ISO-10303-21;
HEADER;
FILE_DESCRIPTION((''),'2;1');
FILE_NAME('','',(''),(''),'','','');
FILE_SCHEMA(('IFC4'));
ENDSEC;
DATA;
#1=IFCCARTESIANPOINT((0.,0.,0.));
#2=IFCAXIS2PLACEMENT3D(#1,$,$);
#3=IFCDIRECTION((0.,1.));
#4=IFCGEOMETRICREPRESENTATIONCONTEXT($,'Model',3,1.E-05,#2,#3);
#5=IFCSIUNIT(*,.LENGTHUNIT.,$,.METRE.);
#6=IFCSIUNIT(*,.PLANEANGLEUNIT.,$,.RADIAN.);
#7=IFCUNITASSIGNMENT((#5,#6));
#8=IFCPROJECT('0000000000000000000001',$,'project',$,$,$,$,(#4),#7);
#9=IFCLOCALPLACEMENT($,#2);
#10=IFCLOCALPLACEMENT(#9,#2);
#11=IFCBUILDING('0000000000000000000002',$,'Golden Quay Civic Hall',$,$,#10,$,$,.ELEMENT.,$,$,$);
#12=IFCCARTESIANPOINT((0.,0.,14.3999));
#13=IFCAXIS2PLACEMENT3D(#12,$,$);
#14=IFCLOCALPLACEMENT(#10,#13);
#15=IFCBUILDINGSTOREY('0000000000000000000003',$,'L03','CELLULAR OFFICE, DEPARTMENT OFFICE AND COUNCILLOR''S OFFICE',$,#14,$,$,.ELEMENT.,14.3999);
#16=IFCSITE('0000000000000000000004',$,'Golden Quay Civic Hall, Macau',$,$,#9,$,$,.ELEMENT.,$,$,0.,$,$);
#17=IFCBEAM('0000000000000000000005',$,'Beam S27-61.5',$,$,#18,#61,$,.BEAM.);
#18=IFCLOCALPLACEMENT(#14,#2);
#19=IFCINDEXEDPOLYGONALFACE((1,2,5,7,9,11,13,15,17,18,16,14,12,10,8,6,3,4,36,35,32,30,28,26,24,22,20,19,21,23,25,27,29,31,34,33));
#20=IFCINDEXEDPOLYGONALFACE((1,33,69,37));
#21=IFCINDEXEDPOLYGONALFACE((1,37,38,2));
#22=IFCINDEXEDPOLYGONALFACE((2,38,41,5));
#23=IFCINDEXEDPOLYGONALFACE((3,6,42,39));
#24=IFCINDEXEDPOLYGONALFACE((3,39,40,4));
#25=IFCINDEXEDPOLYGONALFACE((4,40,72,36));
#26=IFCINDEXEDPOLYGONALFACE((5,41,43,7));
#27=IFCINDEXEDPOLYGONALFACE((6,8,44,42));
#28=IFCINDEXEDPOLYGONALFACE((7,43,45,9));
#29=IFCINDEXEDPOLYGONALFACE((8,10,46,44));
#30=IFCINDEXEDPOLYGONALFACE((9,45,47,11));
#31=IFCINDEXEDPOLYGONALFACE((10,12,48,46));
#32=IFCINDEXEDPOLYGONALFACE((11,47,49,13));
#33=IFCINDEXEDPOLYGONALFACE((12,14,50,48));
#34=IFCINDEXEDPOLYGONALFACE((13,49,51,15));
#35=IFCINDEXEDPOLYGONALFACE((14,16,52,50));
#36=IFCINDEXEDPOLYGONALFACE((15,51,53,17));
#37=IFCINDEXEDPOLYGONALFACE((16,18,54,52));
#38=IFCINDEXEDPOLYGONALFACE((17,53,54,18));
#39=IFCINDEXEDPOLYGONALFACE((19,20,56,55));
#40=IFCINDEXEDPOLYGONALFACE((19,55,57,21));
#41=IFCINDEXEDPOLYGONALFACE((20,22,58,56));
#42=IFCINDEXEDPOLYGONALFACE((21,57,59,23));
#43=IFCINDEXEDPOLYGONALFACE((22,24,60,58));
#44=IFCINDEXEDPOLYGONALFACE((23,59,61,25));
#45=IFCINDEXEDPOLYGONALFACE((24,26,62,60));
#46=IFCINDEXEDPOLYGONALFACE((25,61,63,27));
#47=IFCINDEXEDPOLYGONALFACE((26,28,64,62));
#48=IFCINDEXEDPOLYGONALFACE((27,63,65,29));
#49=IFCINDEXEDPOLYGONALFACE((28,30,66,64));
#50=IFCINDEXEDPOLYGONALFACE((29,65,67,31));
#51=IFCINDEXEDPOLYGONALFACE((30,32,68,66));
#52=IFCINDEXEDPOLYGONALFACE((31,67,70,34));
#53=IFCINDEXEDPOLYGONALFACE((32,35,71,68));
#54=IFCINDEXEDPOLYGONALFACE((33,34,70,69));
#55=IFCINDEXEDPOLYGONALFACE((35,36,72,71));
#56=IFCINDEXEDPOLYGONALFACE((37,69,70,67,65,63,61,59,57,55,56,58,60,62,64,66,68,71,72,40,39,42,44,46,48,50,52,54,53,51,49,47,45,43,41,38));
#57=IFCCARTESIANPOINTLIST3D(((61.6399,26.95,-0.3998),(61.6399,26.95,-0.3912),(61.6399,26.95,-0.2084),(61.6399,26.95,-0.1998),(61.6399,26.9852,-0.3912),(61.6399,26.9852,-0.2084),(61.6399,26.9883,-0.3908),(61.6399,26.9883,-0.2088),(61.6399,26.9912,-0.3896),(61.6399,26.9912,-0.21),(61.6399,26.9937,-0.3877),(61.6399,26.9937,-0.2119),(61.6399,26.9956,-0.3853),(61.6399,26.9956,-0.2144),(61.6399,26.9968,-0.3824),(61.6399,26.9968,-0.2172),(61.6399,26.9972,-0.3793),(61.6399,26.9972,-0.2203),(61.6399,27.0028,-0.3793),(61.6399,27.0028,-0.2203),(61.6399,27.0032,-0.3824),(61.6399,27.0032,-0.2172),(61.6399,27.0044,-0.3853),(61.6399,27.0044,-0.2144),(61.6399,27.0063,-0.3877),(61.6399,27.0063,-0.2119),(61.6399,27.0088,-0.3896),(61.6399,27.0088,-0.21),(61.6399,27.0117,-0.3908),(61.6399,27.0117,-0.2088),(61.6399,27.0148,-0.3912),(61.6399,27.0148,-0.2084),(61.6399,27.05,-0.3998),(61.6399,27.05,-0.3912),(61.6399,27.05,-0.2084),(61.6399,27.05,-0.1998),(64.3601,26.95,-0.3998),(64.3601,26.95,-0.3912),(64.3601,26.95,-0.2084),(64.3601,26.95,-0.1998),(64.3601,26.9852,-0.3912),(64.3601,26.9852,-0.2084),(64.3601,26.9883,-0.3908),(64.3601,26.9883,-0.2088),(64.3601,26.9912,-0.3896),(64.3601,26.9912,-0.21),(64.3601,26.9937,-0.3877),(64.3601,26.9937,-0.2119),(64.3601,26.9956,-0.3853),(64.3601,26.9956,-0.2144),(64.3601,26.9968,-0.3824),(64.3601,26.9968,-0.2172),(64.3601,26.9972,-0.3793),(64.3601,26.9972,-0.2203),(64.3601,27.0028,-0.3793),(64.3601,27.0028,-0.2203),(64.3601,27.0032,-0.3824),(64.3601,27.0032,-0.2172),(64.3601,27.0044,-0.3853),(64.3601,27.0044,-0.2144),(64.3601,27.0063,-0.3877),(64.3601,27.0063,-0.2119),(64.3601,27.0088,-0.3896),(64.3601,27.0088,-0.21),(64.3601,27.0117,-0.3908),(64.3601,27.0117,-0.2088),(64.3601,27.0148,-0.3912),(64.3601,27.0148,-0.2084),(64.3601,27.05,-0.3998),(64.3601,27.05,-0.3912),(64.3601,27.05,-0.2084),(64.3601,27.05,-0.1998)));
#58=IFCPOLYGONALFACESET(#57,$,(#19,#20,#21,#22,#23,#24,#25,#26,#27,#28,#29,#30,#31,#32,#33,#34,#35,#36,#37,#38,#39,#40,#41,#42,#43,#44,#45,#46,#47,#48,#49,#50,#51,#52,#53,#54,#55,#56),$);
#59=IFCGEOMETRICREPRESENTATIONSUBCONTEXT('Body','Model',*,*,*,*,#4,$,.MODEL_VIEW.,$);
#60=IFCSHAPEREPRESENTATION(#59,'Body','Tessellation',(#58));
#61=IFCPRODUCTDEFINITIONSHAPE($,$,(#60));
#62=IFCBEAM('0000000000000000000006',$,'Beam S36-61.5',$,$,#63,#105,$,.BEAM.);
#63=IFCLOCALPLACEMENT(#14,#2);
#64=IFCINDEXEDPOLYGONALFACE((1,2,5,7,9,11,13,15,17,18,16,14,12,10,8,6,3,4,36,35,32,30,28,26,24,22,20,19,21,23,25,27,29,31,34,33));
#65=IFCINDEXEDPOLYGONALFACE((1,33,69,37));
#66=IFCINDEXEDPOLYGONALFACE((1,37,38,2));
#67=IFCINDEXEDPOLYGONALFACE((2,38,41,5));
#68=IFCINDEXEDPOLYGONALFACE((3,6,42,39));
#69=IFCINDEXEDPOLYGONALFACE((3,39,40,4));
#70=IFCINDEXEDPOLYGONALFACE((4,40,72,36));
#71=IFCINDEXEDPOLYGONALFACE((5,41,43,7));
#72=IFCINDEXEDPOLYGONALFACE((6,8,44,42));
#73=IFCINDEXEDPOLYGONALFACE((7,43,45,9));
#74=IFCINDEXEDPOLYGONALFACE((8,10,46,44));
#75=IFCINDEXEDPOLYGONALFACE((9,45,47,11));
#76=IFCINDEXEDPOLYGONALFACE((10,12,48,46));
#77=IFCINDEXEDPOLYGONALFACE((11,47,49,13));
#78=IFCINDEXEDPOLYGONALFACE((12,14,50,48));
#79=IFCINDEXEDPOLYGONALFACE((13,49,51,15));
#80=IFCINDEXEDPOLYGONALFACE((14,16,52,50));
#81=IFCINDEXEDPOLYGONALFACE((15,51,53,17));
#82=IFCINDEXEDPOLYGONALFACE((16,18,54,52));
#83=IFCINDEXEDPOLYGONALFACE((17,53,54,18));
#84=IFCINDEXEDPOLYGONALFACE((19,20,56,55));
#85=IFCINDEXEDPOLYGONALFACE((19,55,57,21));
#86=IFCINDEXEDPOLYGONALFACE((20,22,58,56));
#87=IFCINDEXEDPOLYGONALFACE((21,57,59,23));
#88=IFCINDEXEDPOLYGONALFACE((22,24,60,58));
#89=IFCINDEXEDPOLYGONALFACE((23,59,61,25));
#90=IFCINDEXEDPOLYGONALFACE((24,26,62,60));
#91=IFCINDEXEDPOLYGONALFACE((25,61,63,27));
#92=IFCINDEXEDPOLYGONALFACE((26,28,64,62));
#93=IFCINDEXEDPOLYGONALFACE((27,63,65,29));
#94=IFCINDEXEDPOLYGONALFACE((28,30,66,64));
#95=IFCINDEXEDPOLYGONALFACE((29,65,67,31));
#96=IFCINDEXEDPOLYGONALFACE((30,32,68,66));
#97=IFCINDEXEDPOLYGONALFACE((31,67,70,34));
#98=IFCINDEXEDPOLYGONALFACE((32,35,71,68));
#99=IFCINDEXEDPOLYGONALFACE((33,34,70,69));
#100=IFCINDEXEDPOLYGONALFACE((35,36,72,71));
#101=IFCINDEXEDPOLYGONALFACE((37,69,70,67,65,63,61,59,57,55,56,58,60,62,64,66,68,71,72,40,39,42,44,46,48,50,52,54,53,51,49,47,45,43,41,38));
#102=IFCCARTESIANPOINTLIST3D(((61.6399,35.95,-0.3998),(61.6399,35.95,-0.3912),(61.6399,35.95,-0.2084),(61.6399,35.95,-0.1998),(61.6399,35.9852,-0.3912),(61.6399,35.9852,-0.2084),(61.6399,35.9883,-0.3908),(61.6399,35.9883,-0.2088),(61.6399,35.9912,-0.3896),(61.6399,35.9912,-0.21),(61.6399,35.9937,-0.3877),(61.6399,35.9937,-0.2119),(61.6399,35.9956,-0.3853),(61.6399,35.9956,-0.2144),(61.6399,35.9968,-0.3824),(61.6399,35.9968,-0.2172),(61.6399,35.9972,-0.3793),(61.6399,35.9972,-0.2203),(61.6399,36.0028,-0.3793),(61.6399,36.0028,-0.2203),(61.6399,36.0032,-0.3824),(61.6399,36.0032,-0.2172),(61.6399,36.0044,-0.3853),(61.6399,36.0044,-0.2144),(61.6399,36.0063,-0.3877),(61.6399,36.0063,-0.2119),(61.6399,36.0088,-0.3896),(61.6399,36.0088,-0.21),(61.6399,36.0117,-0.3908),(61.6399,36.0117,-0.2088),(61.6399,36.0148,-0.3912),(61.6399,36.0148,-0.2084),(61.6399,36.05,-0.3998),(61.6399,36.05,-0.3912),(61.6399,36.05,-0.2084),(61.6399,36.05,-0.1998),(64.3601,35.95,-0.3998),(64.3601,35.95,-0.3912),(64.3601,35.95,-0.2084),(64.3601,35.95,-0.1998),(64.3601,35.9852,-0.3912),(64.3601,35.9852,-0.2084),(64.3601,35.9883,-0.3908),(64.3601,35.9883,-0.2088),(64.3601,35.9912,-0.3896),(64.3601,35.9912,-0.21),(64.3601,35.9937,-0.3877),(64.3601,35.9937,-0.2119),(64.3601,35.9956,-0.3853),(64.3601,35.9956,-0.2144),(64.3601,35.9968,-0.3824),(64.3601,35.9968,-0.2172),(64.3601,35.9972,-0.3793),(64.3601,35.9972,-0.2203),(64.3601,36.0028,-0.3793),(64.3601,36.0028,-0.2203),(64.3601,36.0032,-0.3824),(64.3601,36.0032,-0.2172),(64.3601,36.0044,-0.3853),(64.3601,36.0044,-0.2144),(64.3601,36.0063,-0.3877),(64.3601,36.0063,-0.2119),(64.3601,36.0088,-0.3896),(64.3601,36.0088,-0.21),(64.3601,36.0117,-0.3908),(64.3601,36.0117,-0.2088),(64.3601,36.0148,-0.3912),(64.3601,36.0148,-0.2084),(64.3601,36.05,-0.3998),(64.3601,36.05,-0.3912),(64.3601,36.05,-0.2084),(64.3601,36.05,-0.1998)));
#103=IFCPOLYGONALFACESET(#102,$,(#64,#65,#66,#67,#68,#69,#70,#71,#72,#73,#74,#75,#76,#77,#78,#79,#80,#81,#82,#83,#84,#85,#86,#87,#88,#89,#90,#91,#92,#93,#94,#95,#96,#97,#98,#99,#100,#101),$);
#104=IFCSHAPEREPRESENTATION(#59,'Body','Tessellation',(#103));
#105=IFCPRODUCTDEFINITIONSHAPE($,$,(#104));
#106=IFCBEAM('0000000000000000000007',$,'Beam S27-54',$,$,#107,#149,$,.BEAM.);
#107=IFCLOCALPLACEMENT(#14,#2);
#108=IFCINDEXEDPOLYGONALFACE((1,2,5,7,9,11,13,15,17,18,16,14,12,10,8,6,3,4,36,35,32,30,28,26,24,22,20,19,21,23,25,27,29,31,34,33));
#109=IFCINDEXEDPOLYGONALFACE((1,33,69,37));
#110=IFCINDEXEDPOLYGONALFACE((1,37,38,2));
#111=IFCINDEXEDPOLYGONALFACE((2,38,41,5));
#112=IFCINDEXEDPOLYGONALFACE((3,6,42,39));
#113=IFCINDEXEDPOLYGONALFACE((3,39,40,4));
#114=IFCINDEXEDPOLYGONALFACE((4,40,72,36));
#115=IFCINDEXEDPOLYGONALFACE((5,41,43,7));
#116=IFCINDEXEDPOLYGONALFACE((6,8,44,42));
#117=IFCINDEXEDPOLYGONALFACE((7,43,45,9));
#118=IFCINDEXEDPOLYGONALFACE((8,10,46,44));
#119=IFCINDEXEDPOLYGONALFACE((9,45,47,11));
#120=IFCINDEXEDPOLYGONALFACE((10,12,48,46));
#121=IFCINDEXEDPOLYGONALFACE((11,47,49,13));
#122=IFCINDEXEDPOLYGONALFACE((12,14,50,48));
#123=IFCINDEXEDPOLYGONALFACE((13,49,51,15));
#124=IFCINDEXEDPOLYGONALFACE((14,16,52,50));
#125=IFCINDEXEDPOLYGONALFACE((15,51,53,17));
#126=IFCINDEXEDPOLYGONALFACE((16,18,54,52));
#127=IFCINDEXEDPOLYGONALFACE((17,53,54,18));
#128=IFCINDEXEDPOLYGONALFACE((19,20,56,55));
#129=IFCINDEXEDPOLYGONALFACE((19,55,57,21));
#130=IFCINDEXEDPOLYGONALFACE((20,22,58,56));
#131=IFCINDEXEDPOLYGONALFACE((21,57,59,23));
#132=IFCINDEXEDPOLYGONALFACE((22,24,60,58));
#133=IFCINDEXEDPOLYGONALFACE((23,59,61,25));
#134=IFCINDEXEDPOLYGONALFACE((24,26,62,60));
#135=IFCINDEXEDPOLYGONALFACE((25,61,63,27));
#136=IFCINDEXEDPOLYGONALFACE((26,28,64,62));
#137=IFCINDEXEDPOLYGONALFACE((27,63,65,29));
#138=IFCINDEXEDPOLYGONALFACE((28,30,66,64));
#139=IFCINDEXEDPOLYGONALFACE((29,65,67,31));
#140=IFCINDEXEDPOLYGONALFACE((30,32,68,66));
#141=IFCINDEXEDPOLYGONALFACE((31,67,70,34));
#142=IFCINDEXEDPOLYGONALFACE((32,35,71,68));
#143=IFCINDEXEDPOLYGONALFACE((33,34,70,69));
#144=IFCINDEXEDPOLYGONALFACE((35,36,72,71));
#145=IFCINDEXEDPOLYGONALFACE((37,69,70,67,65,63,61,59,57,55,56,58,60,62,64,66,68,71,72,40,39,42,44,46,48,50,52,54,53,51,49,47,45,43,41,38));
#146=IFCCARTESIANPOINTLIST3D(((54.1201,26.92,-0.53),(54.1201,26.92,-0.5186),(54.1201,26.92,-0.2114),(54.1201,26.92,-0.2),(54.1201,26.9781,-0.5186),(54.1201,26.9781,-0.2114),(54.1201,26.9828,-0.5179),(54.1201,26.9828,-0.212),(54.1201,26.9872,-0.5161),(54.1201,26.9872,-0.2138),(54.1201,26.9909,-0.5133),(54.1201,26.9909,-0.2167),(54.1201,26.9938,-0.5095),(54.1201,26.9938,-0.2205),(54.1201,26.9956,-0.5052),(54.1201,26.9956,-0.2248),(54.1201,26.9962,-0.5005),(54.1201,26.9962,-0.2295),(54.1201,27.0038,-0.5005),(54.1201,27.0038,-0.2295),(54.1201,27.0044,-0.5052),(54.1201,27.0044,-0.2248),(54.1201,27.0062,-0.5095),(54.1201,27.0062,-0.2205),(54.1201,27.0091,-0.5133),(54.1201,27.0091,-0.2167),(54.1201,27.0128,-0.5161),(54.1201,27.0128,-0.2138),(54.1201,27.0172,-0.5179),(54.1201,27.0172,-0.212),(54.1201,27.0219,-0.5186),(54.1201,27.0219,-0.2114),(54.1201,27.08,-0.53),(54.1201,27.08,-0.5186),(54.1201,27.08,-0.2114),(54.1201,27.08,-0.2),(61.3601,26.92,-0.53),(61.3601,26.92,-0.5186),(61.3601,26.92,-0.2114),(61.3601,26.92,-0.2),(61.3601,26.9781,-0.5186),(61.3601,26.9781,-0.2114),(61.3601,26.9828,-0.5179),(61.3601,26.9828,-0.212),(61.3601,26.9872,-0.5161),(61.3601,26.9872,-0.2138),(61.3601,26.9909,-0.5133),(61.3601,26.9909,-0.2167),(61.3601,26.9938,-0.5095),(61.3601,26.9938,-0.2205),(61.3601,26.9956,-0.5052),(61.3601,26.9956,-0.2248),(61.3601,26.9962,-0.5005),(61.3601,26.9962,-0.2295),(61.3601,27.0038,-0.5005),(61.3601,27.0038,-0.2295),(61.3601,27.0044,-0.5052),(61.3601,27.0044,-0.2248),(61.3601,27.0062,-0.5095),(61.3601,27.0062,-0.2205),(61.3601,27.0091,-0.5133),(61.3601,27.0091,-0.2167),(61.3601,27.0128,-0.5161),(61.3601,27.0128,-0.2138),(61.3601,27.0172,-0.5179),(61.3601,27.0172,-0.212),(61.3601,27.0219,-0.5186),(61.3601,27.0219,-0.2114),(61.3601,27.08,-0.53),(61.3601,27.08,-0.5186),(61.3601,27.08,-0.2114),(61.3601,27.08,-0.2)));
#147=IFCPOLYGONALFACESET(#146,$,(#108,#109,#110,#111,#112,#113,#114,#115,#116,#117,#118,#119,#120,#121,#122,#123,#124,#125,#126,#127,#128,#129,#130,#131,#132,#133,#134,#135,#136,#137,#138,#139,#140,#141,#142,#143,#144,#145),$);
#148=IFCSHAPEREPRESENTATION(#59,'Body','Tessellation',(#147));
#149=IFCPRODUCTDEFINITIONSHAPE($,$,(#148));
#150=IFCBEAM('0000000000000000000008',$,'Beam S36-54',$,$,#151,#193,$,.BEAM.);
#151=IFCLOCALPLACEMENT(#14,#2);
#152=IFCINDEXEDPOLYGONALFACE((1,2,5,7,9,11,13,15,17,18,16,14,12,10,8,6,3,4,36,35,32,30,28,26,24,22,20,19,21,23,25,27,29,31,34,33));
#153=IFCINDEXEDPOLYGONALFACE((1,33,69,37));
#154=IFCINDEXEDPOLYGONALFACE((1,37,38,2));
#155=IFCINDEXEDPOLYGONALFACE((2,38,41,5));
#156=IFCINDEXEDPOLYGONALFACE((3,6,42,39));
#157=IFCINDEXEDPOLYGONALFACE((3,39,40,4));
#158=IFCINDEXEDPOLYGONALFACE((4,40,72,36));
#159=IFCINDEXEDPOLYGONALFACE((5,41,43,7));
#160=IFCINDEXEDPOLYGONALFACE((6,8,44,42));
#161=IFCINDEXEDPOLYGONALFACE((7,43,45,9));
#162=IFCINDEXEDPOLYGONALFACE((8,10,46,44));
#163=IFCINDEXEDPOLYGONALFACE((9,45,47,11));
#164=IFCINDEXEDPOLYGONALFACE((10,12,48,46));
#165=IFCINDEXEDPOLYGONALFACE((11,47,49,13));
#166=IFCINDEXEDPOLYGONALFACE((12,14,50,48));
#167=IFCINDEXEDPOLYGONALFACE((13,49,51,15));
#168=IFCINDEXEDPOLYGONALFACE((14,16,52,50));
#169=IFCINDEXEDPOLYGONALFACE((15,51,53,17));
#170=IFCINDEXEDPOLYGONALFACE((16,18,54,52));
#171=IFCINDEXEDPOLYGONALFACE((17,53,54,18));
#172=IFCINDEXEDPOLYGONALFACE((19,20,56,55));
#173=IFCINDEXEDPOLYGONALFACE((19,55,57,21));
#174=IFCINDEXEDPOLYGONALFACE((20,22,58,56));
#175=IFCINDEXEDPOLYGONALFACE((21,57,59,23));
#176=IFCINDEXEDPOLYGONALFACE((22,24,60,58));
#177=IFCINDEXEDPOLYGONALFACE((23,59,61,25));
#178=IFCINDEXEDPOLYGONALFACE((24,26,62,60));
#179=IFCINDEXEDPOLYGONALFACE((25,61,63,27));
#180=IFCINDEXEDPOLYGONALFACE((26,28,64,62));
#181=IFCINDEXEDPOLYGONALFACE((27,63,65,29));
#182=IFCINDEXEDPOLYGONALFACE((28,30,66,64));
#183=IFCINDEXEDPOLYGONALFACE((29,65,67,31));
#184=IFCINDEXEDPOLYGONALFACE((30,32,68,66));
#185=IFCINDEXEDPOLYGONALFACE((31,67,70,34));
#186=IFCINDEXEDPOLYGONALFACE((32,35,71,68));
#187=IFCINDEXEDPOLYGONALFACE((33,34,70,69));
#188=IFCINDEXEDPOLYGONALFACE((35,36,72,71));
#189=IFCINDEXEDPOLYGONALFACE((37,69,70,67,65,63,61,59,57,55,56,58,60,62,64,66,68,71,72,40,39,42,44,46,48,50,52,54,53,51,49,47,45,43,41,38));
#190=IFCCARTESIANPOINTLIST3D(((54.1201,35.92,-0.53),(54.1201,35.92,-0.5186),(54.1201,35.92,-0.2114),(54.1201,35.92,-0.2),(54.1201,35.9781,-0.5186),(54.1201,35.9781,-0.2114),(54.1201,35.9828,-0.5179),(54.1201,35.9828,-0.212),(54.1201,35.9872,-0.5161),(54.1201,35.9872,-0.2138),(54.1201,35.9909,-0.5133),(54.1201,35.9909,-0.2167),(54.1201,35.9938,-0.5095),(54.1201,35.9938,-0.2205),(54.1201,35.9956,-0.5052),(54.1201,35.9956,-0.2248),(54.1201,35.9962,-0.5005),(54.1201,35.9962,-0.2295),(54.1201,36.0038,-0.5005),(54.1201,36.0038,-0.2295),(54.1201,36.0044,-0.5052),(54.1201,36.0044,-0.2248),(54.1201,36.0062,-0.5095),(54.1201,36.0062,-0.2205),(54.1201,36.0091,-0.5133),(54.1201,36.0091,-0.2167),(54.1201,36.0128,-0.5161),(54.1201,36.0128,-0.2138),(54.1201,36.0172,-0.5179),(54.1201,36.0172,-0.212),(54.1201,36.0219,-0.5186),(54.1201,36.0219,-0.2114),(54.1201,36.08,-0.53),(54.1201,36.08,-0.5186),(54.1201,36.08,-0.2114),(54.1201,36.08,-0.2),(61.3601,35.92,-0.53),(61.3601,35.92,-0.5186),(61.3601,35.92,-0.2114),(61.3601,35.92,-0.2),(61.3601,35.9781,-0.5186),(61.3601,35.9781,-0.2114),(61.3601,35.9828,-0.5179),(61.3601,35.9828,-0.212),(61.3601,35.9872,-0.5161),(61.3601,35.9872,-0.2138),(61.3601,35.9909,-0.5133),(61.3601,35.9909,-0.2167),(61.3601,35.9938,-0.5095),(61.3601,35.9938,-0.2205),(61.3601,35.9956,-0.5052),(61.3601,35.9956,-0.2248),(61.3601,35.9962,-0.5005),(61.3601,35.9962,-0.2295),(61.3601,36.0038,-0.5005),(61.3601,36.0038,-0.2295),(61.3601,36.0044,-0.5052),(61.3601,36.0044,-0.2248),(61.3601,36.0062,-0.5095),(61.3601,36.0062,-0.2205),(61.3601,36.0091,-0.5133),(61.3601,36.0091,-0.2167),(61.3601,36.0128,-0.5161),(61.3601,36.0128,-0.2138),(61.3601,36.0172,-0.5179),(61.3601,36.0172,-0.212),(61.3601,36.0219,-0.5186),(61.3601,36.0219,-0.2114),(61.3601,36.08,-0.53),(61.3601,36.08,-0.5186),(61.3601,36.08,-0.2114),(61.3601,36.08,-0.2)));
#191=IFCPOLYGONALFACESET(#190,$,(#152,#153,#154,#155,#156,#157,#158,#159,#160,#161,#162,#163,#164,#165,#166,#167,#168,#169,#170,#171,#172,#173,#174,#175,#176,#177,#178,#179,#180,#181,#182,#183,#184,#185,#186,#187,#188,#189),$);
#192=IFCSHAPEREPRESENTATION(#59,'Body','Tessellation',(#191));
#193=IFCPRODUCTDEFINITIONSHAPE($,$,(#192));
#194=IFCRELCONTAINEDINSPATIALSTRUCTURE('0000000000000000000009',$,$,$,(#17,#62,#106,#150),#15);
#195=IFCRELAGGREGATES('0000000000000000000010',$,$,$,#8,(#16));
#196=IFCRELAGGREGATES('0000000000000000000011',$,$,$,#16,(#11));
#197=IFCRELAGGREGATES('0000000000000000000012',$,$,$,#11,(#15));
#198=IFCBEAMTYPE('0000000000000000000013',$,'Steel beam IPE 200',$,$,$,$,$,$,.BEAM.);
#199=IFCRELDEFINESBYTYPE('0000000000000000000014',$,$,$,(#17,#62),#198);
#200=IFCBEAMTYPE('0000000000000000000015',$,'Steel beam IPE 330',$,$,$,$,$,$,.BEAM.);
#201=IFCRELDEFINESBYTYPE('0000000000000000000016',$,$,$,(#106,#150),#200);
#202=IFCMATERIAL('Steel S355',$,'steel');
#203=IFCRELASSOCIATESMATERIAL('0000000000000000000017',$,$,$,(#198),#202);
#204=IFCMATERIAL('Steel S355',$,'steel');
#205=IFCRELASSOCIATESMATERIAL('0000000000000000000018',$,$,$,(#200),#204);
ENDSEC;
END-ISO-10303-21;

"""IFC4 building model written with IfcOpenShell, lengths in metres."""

from ifc_helpers import new_model, si_unit, direction, frame, origin, origin_2d, place, context, subcontext, project, spatial, i_section, extrude, material, material_profile, profile_set, type_object, element, save


model = new_model("IFC4")

# Units and contexts
model_context = context("Model", 3, precision=1e-05, world=origin(), true_north=direction((0.0, 1.0)))
body_context = subcontext(model_context, "Body", "Model", "MODEL_VIEW")
ifc_project = project(units=[si_unit("LENGTHUNIT", "METRE"), si_unit("PLANEANGLEUNIT", "RADIAN")], contexts=[model_context])

# Site, building, storey
site_placement = place(None, origin())
site = spatial("IfcSite", under=ifc_project, at=site_placement, Name="Golden Quay Civic Hall, Macau", CompositionType="ELEMENT", RefElevation=0.0)
building_placement = place(site_placement, origin())
building = spatial("IfcBuilding", under=site, at=building_placement, Name="Golden Quay Civic Hall", CompositionType="ELEMENT")
storey_placement = place(building_placement, frame((0.0, 0.0, 14.3999)))
storey = spatial("IfcBuildingStorey", under=building, at=storey_placement, Name="L03", Description="CELLULAR OFFICE, DEPARTMENT OFFICE AND COUNCILLOR'S OFFICE", CompositionType="ELEMENT", Elevation=14.3999)

# Beams
ifc_material_1 = material(Name="Steel S355", Category="steel")
ifc_material_profile_1 = material_profile(ifc_material_1, i_section(OverallWidth=0.1001, OverallDepth=0.2, WebThickness=0.0056, FlangeThickness=0.0085, FilletRadius=0.012, at=origin_2d()), Name="IPE 200")
ifc_profile_set_1 = profile_set([ifc_material_profile_1], Name="Steel S355")
beam_type_1 = type_object("IfcBeamType", Name="Steel beam IPE 200", PredefinedType="BEAM", material=ifc_profile_set_1)
for number, where, z_axis, x_axis, name in (
    (1, (61.6399, 27.0, -0.2998), (1.0, 0.0, 0.0), (0.0, 1.0, 0.0), "Beam S27-61.5"),
    (2, (61.6399, 36.0, -0.2998), (1.0, 0.0, 0.0), (0.0, 1.0, 0.0), "Beam S36-61.5"),
):
    element("IfcBeam", number, at=place(storey_placement, frame(where, z_axis=z_axis, x_axis=x_axis)), inside=storey, type_object=beam_type_1, Name=name, PredefinedType="BEAM", context=body_context, shape_type="SweptSolid", body=[
        extrude(i_section(OverallWidth=0.1001, OverallDepth=0.2, WebThickness=0.0056, FlangeThickness=0.0085, FilletRadius=0.012, at=origin_2d()), origin(), (0.0, 0.0, 1.0), 2.7202),
    ])
ifc_material_2 = material(Name="Steel S355", Category="steel")
ifc_material_profile_2 = material_profile(ifc_material_2, i_section(OverallWidth=0.1599, OverallDepth=0.3301, WebThickness=0.0076, FlangeThickness=0.0115, FilletRadius=0.0181, at=origin_2d()), Name="IPE 330")
ifc_profile_set_2 = profile_set([ifc_material_profile_2], Name="Steel S355")
beam_type_2 = type_object("IfcBeamType", Name="Steel beam IPE 330", PredefinedType="BEAM", material=ifc_profile_set_2)
for number, where, z_axis, x_axis, name in (
    (3, (54.1201, 27.0, -0.365), (1.0, 0.0, 0.0), (0.0, 1.0, 0.0), "Beam S27-54"),
    (4, (54.1201, 36.0, -0.365), (1.0, 0.0, 0.0), (0.0, 1.0, 0.0), "Beam S36-54"),
):
    element("IfcBeam", number, at=place(storey_placement, frame(where, z_axis=z_axis, x_axis=x_axis)), inside=storey, type_object=beam_type_2, Name=name, PredefinedType="BEAM", context=body_context, shape_type="SweptSolid", body=[
        extrude(i_section(OverallWidth=0.1599, OverallDepth=0.3301, WebThickness=0.0076, FlangeThickness=0.0115, FilletRadius=0.0181, at=origin_2d()), origin(), (0.0, 0.0, 1.0), 7.24),
    ])

save(model, "model.ifc")
